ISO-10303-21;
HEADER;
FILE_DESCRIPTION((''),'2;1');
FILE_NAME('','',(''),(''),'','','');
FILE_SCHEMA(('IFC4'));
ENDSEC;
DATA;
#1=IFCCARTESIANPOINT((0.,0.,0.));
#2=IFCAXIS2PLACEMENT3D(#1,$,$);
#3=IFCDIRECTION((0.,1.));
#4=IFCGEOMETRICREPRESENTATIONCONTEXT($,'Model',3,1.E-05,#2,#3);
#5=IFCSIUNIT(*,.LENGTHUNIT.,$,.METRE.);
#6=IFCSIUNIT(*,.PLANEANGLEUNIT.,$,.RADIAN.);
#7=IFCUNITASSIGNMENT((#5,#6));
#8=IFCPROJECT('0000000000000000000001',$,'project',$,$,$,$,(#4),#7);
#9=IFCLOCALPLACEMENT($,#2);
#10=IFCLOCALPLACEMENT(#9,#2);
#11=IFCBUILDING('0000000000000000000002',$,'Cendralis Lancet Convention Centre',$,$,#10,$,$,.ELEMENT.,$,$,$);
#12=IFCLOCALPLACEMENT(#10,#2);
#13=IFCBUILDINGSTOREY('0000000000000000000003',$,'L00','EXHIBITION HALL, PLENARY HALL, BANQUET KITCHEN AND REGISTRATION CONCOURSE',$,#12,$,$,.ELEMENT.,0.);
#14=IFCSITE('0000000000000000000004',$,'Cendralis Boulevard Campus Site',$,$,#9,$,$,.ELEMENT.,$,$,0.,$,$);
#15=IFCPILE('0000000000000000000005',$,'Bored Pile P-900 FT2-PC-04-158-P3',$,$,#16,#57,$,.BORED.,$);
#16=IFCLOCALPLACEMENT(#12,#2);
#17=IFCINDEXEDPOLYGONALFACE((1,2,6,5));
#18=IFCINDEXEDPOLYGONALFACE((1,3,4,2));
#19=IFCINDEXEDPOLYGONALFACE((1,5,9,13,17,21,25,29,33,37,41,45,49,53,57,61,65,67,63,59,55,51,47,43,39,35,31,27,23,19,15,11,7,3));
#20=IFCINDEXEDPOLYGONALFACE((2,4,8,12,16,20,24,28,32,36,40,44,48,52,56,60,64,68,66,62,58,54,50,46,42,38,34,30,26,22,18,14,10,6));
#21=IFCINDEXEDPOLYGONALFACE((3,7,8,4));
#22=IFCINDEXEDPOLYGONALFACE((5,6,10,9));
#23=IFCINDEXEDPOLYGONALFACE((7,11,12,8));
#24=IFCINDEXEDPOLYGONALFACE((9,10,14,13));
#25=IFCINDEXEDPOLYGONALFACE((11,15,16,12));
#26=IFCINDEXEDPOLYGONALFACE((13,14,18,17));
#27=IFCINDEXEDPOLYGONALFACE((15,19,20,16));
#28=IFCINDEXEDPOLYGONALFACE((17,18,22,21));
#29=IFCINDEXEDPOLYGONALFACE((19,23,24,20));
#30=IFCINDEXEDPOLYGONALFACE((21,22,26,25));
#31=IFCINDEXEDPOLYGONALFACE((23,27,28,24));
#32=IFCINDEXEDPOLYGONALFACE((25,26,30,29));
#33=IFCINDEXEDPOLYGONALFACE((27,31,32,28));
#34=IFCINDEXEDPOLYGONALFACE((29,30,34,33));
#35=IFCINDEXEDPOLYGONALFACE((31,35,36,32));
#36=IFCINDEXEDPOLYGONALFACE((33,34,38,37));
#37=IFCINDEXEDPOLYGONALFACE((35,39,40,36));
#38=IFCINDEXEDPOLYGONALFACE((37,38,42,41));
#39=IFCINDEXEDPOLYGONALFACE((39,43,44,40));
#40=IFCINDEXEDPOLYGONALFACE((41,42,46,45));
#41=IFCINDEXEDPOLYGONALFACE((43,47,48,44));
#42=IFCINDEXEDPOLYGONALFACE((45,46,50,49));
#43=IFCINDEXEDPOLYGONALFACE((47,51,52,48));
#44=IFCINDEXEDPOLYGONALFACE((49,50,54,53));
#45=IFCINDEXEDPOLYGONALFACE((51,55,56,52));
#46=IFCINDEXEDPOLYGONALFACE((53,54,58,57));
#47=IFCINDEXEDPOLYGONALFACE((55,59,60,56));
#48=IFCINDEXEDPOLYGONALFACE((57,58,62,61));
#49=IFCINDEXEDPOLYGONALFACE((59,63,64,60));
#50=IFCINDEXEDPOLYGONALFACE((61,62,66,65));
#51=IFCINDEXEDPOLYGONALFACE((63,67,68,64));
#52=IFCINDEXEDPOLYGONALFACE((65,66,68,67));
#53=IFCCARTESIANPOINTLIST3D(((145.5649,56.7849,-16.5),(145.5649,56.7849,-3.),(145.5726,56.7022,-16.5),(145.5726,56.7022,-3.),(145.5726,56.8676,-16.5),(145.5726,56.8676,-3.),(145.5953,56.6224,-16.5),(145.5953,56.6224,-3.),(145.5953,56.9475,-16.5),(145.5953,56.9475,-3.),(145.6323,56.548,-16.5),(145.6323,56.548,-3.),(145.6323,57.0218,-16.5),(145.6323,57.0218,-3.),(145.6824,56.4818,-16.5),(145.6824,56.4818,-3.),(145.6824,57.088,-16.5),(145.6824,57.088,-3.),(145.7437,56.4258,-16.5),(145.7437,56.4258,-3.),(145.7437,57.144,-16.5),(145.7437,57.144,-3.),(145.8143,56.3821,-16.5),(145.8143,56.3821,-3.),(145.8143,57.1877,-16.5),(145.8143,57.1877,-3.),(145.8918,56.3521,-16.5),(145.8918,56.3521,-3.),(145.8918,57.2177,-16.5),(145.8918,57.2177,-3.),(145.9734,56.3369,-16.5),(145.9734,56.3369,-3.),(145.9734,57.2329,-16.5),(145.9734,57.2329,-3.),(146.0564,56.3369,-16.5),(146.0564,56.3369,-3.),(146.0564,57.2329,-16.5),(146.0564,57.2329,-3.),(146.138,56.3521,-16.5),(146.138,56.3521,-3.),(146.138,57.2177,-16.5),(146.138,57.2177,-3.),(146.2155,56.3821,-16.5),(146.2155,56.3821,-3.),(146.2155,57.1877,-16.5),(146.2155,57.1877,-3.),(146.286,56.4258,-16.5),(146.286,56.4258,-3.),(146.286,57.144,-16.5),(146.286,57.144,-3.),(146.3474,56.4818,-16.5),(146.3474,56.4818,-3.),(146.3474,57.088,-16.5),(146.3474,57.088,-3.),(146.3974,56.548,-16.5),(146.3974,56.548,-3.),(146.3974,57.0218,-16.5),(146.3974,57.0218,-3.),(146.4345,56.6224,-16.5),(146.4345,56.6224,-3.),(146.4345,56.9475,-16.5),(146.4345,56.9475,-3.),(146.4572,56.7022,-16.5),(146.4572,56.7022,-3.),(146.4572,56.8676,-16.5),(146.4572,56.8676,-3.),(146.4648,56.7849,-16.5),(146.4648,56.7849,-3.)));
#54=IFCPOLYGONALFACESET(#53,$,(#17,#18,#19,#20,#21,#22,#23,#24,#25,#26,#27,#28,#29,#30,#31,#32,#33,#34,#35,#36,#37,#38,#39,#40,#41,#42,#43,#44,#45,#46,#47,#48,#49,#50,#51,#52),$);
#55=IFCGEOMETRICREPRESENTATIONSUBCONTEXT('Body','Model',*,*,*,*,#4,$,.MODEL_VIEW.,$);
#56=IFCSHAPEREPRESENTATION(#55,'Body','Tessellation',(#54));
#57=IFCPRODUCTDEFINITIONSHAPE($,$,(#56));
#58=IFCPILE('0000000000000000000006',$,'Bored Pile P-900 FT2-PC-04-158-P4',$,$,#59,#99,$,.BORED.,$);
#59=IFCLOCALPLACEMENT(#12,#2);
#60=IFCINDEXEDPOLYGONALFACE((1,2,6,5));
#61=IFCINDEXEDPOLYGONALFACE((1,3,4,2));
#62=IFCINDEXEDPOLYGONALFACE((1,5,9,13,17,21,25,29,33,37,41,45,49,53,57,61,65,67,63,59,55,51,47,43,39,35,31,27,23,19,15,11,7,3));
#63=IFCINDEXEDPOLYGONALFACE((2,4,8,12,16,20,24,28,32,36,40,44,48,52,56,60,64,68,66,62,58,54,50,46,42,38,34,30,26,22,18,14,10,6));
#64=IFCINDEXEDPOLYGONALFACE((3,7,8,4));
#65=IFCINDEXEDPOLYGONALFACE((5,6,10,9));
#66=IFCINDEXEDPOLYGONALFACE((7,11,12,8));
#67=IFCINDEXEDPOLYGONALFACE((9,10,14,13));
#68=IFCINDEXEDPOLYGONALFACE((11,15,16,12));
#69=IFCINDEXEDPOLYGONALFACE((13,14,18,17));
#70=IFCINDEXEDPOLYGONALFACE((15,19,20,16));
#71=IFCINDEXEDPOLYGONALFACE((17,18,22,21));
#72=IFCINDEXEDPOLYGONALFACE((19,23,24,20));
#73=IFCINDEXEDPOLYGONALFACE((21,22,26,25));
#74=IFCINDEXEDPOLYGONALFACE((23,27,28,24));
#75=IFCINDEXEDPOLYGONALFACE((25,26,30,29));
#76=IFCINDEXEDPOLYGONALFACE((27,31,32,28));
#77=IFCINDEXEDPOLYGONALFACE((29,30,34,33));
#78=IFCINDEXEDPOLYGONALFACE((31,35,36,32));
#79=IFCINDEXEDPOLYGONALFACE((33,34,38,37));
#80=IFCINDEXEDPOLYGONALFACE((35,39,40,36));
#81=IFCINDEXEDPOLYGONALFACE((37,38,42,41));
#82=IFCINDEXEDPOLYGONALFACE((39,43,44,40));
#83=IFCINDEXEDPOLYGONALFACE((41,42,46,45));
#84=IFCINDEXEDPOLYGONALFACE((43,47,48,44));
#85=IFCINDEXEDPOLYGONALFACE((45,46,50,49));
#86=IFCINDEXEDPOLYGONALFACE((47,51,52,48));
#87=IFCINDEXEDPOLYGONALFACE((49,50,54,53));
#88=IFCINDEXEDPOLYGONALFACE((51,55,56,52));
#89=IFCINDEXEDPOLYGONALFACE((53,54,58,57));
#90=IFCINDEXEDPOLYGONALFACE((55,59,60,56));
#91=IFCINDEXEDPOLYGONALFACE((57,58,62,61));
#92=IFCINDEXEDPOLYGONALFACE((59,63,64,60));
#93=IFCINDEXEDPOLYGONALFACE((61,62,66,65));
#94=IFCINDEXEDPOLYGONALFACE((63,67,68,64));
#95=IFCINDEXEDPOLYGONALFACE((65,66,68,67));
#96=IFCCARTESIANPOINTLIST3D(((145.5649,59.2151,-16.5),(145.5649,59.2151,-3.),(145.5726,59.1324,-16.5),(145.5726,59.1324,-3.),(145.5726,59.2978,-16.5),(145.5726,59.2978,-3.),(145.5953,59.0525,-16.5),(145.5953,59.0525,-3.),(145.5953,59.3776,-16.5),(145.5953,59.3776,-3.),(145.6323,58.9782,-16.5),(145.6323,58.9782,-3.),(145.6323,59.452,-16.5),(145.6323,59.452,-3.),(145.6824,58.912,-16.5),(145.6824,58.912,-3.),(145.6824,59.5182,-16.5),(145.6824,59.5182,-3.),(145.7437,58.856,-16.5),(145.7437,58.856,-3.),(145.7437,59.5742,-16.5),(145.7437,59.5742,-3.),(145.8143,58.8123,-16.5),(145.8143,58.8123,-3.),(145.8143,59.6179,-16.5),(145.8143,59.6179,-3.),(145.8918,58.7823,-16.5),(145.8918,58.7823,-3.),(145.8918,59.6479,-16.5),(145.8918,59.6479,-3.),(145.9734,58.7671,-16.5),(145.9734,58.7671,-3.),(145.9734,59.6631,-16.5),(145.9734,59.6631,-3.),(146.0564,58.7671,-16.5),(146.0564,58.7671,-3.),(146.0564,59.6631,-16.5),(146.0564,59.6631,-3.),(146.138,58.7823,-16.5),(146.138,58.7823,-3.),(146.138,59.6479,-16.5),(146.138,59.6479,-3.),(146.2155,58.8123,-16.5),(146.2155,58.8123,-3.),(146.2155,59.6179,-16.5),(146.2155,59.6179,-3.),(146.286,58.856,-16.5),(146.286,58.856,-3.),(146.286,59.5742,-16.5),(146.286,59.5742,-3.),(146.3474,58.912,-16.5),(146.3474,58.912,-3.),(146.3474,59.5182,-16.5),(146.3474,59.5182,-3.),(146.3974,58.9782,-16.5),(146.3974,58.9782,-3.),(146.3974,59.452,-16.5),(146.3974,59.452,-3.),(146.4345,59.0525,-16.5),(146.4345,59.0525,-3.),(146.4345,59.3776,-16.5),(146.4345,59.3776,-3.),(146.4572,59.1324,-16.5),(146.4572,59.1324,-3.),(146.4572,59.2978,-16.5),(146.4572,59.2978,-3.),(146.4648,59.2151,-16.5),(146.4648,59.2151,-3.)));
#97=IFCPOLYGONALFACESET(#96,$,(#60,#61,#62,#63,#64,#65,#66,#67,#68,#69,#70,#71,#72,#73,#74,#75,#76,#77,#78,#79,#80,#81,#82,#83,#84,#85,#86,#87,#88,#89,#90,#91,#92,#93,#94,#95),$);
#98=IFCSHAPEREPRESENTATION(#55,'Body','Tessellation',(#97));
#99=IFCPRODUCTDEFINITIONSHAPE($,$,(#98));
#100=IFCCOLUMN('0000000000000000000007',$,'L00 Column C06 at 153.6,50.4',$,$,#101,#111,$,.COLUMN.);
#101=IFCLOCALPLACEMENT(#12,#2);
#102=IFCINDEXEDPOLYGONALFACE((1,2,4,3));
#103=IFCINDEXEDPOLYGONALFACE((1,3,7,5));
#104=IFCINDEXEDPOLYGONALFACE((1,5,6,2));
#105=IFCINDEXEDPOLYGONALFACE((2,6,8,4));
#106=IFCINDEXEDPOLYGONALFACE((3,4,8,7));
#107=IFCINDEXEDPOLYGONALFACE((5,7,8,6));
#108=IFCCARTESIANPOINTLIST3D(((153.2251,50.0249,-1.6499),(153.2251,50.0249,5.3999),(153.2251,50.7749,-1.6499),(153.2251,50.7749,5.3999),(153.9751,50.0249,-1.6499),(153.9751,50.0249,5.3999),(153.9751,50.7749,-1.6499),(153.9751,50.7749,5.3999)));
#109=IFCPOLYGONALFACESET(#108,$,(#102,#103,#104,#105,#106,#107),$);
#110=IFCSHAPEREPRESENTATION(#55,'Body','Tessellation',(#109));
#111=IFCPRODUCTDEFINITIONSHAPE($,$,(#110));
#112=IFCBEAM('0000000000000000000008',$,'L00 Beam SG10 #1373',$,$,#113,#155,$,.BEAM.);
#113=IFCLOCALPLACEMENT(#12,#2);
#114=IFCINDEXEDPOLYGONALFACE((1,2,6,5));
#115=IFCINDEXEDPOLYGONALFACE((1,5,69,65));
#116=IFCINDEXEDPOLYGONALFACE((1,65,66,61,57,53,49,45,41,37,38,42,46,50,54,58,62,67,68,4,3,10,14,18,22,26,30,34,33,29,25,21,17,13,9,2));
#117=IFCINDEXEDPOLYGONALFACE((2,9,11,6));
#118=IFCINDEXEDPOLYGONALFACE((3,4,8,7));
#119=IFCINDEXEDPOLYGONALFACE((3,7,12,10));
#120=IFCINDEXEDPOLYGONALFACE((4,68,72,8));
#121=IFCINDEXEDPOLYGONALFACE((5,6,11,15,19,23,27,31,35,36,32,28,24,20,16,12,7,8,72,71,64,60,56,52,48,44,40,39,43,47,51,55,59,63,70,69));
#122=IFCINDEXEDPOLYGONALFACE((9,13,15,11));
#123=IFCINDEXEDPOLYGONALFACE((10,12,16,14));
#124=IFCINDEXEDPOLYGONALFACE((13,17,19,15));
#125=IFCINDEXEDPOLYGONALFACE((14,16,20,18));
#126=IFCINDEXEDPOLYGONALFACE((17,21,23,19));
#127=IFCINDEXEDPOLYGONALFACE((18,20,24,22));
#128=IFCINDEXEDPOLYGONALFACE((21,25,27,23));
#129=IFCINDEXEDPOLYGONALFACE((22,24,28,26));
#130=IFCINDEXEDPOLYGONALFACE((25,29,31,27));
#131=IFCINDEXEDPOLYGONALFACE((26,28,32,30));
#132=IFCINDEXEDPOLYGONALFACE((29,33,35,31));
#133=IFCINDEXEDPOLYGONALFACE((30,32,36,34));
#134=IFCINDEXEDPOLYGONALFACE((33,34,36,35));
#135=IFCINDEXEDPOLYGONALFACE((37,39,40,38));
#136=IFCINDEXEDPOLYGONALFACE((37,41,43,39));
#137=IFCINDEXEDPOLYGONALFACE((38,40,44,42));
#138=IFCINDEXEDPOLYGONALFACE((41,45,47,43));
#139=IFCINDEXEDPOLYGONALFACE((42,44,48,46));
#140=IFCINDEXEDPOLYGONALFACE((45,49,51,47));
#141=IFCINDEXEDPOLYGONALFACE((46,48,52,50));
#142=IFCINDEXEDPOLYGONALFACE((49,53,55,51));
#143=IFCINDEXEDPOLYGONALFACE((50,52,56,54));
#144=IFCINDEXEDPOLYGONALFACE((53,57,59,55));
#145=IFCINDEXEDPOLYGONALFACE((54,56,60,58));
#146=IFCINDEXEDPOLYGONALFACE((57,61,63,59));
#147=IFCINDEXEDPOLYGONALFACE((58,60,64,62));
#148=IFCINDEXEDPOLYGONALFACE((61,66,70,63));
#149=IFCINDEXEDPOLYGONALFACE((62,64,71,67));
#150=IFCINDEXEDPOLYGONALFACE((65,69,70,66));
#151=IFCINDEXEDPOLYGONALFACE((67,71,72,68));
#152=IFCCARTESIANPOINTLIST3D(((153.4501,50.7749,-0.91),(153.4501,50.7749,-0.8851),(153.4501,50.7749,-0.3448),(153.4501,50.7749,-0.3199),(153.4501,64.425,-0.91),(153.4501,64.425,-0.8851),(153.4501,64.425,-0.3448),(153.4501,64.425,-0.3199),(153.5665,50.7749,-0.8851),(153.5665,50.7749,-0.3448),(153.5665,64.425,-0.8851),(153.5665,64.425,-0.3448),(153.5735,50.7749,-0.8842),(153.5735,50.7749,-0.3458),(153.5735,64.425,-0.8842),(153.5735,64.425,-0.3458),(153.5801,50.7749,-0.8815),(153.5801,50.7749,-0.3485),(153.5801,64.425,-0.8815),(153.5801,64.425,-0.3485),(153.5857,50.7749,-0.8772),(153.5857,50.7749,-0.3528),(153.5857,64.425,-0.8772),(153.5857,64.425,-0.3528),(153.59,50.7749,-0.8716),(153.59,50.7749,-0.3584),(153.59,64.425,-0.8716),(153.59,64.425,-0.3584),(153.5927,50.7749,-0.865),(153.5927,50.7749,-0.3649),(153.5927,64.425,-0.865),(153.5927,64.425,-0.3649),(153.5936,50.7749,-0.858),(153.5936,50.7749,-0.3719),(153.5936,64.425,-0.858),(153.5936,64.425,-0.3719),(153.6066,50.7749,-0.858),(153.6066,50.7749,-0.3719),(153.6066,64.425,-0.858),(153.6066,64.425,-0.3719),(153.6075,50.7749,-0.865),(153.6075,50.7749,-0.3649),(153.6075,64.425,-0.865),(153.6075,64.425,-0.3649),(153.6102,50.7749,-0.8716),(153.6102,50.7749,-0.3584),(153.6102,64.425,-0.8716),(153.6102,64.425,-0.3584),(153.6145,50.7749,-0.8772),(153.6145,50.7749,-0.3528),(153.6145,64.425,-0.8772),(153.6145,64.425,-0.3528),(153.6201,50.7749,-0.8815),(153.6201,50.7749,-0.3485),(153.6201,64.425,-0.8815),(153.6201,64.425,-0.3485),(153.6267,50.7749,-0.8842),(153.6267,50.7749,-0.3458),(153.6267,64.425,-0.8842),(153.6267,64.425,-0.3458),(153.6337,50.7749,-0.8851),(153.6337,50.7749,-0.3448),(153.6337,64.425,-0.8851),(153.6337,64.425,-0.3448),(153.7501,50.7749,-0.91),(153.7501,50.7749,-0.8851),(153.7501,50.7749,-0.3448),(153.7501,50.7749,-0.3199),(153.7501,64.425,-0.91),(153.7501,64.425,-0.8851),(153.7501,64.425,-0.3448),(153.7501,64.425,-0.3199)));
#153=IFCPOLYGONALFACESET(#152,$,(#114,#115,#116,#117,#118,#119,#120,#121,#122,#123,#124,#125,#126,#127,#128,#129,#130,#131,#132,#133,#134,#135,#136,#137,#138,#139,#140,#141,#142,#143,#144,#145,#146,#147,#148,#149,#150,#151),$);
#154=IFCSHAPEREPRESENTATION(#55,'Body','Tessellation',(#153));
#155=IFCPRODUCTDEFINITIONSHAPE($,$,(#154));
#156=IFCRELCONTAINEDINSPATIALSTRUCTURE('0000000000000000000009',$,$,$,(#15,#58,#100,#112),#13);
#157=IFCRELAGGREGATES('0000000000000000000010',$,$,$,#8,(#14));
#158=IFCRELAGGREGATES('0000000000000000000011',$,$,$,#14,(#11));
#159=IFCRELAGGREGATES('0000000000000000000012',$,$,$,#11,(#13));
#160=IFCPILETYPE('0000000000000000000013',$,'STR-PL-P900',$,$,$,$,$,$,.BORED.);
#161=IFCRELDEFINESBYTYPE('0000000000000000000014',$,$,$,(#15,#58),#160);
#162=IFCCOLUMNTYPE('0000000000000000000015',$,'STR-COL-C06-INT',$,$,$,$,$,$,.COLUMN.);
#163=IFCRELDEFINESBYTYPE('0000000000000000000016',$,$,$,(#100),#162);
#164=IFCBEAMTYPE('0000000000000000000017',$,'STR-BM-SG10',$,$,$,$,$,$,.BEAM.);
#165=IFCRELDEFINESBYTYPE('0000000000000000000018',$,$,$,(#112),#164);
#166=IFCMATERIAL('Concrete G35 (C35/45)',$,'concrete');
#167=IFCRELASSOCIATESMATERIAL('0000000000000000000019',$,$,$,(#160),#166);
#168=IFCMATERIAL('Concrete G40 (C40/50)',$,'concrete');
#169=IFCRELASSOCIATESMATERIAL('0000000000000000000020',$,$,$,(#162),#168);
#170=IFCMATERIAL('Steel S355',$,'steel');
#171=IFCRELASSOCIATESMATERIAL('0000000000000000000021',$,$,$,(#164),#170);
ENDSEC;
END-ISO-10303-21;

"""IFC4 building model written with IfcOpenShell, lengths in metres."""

from ifc_helpers import new_model, si_unit, direction, frame, origin, origin_2d, place, context, subcontext, project, spatial, rectangle, circle, i_section, extrude, material, material_profile, profile_set, type_object, element, save


model = new_model("IFC4")

# Units and contexts
model_context = context("Model", 3, precision=1e-05, world=origin(), true_north=direction((0.0, 1.0)))
body_context = subcontext(model_context, "Body", "Model", "MODEL_VIEW")
ifc_project = project(units=[si_unit("LENGTHUNIT", "METRE"), si_unit("PLANEANGLEUNIT", "RADIAN")], contexts=[model_context])

# Site, building, storey
site_placement = place(None, origin())
site = spatial("IfcSite", under=ifc_project, at=site_placement, Name="Cendralis Boulevard Campus Site", CompositionType="ELEMENT", RefElevation=0.0)
building_placement = place(site_placement, origin())
building = spatial("IfcBuilding", under=site, at=building_placement, Name="Cendralis Lancet Convention Centre", CompositionType="ELEMENT")
storey_placement = place(building_placement, origin())
storey = spatial("IfcBuildingStorey", under=building, at=storey_placement, Name="L00", Description="EXHIBITION HALL, PLENARY HALL, BANQUET KITCHEN AND REGISTRATION CONCOURSE", CompositionType="ELEMENT", Elevation=0.0)

# Shared definitions
ifc_material_1 = material(Name="Concrete G35 (C35/45)", Category="concrete")

# Piles
ifc_material_profile_1 = material_profile(ifc_material_1, circle(Radius=0.45, at=origin_2d()), Name="BORED PILE D900")
ifc_profile_set_1 = profile_set([ifc_material_profile_1], Name="Concrete G35 (C35/45)")
pile_type_1 = type_object("IfcPileType", Name="STR-PL-P900", PredefinedType="BORED", material=ifc_profile_set_1)
for number, where, z_axis, x_axis, name in (
    (1, (146.0149, 56.7849, -3.0), (0.0, 0.0, -1.0), (1.0, 0.0, 0.0), "Bored Pile P-900 FT2-PC-04-158-P3"),
    (2, (146.0149, 59.2151, -3.0), (0.0, 0.0, -1.0), (1.0, 0.0, 0.0), "Bored Pile P-900 FT2-PC-04-158-P4"),
):
    element("IfcPile", number, at=place(storey_placement, frame(where, z_axis=z_axis, x_axis=x_axis)), inside=storey, type_object=pile_type_1, Name=name, PredefinedType="BORED", context=body_context, shape_type="SweptSolid", body=[
        extrude(circle(Radius=0.45, at=origin_2d()), origin(), (0.0, 0.0, 1.0), 13.5),
    ])

# Column
ifc_material_2 = material(Name="Concrete G40 (C40/50)", Category="concrete")
ifc_material_profile_2 = material_profile(ifc_material_2, rectangle(XDim=0.75, YDim=0.75, at=origin_2d()), Name="RC 750x750")
ifc_profile_set_2 = profile_set([ifc_material_profile_2], Name="Concrete G40 (C40/50)")
column_type = type_object("IfcColumnType", Name="STR-COL-C06-INT", PredefinedType="COLUMN", material=ifc_profile_set_2)
column_placement = place(storey_placement, frame((153.6001, 50.3999, -1.6499), z_axis=(0.0, 0.0, 1.0), x_axis=(1.0, 0.0, 0.0)))
element("IfcColumn", 3, at=column_placement, inside=storey, type_object=column_type, Name="L00 Column C06 at 153.6,50.4", PredefinedType="COLUMN", context=body_context, shape_type="SweptSolid", body=[
    extrude(rectangle(XDim=0.75, YDim=0.75, at=origin_2d()), origin(), (0.0, 0.0, 1.0), 7.0498),
])

# Beam
ifc_material_3 = material(Name="Steel S355", Category="steel")
ifc_material_profile_3 = material_profile(ifc_material_3, i_section(OverallWidth=0.3, OverallDepth=0.5901, WebThickness=0.0129, FlangeThickness=0.0249, FilletRadius=0.0271, at=origin_2d()), Name="HEA 600")
ifc_profile_set_3 = profile_set([ifc_material_profile_3], Name="Steel S355")
beam_type_1 = type_object("IfcBeamType", Name="STR-BM-SG10", PredefinedType="BEAM", material=ifc_profile_set_3)
beam_1_placement = place(storey_placement, frame((153.6001, 50.7749, -0.615), z_axis=(0.0, 1.0, 0.0), x_axis=(-1.0, 0.0, 0.0)))
element("IfcBeam", 4, at=beam_1_placement, inside=storey, type_object=beam_type_1, Name="L00 Beam SG10 #1373", PredefinedType="BEAM", context=body_context, shape_type="SweptSolid", body=[
    extrude(i_section(OverallWidth=0.3, OverallDepth=0.5901, WebThickness=0.0129, FlangeThickness=0.0249, FilletRadius=0.0271, at=origin_2d()), origin(), (0.0, 0.0, 1.0), 13.6501),
])

save(model, "model.ifc")
